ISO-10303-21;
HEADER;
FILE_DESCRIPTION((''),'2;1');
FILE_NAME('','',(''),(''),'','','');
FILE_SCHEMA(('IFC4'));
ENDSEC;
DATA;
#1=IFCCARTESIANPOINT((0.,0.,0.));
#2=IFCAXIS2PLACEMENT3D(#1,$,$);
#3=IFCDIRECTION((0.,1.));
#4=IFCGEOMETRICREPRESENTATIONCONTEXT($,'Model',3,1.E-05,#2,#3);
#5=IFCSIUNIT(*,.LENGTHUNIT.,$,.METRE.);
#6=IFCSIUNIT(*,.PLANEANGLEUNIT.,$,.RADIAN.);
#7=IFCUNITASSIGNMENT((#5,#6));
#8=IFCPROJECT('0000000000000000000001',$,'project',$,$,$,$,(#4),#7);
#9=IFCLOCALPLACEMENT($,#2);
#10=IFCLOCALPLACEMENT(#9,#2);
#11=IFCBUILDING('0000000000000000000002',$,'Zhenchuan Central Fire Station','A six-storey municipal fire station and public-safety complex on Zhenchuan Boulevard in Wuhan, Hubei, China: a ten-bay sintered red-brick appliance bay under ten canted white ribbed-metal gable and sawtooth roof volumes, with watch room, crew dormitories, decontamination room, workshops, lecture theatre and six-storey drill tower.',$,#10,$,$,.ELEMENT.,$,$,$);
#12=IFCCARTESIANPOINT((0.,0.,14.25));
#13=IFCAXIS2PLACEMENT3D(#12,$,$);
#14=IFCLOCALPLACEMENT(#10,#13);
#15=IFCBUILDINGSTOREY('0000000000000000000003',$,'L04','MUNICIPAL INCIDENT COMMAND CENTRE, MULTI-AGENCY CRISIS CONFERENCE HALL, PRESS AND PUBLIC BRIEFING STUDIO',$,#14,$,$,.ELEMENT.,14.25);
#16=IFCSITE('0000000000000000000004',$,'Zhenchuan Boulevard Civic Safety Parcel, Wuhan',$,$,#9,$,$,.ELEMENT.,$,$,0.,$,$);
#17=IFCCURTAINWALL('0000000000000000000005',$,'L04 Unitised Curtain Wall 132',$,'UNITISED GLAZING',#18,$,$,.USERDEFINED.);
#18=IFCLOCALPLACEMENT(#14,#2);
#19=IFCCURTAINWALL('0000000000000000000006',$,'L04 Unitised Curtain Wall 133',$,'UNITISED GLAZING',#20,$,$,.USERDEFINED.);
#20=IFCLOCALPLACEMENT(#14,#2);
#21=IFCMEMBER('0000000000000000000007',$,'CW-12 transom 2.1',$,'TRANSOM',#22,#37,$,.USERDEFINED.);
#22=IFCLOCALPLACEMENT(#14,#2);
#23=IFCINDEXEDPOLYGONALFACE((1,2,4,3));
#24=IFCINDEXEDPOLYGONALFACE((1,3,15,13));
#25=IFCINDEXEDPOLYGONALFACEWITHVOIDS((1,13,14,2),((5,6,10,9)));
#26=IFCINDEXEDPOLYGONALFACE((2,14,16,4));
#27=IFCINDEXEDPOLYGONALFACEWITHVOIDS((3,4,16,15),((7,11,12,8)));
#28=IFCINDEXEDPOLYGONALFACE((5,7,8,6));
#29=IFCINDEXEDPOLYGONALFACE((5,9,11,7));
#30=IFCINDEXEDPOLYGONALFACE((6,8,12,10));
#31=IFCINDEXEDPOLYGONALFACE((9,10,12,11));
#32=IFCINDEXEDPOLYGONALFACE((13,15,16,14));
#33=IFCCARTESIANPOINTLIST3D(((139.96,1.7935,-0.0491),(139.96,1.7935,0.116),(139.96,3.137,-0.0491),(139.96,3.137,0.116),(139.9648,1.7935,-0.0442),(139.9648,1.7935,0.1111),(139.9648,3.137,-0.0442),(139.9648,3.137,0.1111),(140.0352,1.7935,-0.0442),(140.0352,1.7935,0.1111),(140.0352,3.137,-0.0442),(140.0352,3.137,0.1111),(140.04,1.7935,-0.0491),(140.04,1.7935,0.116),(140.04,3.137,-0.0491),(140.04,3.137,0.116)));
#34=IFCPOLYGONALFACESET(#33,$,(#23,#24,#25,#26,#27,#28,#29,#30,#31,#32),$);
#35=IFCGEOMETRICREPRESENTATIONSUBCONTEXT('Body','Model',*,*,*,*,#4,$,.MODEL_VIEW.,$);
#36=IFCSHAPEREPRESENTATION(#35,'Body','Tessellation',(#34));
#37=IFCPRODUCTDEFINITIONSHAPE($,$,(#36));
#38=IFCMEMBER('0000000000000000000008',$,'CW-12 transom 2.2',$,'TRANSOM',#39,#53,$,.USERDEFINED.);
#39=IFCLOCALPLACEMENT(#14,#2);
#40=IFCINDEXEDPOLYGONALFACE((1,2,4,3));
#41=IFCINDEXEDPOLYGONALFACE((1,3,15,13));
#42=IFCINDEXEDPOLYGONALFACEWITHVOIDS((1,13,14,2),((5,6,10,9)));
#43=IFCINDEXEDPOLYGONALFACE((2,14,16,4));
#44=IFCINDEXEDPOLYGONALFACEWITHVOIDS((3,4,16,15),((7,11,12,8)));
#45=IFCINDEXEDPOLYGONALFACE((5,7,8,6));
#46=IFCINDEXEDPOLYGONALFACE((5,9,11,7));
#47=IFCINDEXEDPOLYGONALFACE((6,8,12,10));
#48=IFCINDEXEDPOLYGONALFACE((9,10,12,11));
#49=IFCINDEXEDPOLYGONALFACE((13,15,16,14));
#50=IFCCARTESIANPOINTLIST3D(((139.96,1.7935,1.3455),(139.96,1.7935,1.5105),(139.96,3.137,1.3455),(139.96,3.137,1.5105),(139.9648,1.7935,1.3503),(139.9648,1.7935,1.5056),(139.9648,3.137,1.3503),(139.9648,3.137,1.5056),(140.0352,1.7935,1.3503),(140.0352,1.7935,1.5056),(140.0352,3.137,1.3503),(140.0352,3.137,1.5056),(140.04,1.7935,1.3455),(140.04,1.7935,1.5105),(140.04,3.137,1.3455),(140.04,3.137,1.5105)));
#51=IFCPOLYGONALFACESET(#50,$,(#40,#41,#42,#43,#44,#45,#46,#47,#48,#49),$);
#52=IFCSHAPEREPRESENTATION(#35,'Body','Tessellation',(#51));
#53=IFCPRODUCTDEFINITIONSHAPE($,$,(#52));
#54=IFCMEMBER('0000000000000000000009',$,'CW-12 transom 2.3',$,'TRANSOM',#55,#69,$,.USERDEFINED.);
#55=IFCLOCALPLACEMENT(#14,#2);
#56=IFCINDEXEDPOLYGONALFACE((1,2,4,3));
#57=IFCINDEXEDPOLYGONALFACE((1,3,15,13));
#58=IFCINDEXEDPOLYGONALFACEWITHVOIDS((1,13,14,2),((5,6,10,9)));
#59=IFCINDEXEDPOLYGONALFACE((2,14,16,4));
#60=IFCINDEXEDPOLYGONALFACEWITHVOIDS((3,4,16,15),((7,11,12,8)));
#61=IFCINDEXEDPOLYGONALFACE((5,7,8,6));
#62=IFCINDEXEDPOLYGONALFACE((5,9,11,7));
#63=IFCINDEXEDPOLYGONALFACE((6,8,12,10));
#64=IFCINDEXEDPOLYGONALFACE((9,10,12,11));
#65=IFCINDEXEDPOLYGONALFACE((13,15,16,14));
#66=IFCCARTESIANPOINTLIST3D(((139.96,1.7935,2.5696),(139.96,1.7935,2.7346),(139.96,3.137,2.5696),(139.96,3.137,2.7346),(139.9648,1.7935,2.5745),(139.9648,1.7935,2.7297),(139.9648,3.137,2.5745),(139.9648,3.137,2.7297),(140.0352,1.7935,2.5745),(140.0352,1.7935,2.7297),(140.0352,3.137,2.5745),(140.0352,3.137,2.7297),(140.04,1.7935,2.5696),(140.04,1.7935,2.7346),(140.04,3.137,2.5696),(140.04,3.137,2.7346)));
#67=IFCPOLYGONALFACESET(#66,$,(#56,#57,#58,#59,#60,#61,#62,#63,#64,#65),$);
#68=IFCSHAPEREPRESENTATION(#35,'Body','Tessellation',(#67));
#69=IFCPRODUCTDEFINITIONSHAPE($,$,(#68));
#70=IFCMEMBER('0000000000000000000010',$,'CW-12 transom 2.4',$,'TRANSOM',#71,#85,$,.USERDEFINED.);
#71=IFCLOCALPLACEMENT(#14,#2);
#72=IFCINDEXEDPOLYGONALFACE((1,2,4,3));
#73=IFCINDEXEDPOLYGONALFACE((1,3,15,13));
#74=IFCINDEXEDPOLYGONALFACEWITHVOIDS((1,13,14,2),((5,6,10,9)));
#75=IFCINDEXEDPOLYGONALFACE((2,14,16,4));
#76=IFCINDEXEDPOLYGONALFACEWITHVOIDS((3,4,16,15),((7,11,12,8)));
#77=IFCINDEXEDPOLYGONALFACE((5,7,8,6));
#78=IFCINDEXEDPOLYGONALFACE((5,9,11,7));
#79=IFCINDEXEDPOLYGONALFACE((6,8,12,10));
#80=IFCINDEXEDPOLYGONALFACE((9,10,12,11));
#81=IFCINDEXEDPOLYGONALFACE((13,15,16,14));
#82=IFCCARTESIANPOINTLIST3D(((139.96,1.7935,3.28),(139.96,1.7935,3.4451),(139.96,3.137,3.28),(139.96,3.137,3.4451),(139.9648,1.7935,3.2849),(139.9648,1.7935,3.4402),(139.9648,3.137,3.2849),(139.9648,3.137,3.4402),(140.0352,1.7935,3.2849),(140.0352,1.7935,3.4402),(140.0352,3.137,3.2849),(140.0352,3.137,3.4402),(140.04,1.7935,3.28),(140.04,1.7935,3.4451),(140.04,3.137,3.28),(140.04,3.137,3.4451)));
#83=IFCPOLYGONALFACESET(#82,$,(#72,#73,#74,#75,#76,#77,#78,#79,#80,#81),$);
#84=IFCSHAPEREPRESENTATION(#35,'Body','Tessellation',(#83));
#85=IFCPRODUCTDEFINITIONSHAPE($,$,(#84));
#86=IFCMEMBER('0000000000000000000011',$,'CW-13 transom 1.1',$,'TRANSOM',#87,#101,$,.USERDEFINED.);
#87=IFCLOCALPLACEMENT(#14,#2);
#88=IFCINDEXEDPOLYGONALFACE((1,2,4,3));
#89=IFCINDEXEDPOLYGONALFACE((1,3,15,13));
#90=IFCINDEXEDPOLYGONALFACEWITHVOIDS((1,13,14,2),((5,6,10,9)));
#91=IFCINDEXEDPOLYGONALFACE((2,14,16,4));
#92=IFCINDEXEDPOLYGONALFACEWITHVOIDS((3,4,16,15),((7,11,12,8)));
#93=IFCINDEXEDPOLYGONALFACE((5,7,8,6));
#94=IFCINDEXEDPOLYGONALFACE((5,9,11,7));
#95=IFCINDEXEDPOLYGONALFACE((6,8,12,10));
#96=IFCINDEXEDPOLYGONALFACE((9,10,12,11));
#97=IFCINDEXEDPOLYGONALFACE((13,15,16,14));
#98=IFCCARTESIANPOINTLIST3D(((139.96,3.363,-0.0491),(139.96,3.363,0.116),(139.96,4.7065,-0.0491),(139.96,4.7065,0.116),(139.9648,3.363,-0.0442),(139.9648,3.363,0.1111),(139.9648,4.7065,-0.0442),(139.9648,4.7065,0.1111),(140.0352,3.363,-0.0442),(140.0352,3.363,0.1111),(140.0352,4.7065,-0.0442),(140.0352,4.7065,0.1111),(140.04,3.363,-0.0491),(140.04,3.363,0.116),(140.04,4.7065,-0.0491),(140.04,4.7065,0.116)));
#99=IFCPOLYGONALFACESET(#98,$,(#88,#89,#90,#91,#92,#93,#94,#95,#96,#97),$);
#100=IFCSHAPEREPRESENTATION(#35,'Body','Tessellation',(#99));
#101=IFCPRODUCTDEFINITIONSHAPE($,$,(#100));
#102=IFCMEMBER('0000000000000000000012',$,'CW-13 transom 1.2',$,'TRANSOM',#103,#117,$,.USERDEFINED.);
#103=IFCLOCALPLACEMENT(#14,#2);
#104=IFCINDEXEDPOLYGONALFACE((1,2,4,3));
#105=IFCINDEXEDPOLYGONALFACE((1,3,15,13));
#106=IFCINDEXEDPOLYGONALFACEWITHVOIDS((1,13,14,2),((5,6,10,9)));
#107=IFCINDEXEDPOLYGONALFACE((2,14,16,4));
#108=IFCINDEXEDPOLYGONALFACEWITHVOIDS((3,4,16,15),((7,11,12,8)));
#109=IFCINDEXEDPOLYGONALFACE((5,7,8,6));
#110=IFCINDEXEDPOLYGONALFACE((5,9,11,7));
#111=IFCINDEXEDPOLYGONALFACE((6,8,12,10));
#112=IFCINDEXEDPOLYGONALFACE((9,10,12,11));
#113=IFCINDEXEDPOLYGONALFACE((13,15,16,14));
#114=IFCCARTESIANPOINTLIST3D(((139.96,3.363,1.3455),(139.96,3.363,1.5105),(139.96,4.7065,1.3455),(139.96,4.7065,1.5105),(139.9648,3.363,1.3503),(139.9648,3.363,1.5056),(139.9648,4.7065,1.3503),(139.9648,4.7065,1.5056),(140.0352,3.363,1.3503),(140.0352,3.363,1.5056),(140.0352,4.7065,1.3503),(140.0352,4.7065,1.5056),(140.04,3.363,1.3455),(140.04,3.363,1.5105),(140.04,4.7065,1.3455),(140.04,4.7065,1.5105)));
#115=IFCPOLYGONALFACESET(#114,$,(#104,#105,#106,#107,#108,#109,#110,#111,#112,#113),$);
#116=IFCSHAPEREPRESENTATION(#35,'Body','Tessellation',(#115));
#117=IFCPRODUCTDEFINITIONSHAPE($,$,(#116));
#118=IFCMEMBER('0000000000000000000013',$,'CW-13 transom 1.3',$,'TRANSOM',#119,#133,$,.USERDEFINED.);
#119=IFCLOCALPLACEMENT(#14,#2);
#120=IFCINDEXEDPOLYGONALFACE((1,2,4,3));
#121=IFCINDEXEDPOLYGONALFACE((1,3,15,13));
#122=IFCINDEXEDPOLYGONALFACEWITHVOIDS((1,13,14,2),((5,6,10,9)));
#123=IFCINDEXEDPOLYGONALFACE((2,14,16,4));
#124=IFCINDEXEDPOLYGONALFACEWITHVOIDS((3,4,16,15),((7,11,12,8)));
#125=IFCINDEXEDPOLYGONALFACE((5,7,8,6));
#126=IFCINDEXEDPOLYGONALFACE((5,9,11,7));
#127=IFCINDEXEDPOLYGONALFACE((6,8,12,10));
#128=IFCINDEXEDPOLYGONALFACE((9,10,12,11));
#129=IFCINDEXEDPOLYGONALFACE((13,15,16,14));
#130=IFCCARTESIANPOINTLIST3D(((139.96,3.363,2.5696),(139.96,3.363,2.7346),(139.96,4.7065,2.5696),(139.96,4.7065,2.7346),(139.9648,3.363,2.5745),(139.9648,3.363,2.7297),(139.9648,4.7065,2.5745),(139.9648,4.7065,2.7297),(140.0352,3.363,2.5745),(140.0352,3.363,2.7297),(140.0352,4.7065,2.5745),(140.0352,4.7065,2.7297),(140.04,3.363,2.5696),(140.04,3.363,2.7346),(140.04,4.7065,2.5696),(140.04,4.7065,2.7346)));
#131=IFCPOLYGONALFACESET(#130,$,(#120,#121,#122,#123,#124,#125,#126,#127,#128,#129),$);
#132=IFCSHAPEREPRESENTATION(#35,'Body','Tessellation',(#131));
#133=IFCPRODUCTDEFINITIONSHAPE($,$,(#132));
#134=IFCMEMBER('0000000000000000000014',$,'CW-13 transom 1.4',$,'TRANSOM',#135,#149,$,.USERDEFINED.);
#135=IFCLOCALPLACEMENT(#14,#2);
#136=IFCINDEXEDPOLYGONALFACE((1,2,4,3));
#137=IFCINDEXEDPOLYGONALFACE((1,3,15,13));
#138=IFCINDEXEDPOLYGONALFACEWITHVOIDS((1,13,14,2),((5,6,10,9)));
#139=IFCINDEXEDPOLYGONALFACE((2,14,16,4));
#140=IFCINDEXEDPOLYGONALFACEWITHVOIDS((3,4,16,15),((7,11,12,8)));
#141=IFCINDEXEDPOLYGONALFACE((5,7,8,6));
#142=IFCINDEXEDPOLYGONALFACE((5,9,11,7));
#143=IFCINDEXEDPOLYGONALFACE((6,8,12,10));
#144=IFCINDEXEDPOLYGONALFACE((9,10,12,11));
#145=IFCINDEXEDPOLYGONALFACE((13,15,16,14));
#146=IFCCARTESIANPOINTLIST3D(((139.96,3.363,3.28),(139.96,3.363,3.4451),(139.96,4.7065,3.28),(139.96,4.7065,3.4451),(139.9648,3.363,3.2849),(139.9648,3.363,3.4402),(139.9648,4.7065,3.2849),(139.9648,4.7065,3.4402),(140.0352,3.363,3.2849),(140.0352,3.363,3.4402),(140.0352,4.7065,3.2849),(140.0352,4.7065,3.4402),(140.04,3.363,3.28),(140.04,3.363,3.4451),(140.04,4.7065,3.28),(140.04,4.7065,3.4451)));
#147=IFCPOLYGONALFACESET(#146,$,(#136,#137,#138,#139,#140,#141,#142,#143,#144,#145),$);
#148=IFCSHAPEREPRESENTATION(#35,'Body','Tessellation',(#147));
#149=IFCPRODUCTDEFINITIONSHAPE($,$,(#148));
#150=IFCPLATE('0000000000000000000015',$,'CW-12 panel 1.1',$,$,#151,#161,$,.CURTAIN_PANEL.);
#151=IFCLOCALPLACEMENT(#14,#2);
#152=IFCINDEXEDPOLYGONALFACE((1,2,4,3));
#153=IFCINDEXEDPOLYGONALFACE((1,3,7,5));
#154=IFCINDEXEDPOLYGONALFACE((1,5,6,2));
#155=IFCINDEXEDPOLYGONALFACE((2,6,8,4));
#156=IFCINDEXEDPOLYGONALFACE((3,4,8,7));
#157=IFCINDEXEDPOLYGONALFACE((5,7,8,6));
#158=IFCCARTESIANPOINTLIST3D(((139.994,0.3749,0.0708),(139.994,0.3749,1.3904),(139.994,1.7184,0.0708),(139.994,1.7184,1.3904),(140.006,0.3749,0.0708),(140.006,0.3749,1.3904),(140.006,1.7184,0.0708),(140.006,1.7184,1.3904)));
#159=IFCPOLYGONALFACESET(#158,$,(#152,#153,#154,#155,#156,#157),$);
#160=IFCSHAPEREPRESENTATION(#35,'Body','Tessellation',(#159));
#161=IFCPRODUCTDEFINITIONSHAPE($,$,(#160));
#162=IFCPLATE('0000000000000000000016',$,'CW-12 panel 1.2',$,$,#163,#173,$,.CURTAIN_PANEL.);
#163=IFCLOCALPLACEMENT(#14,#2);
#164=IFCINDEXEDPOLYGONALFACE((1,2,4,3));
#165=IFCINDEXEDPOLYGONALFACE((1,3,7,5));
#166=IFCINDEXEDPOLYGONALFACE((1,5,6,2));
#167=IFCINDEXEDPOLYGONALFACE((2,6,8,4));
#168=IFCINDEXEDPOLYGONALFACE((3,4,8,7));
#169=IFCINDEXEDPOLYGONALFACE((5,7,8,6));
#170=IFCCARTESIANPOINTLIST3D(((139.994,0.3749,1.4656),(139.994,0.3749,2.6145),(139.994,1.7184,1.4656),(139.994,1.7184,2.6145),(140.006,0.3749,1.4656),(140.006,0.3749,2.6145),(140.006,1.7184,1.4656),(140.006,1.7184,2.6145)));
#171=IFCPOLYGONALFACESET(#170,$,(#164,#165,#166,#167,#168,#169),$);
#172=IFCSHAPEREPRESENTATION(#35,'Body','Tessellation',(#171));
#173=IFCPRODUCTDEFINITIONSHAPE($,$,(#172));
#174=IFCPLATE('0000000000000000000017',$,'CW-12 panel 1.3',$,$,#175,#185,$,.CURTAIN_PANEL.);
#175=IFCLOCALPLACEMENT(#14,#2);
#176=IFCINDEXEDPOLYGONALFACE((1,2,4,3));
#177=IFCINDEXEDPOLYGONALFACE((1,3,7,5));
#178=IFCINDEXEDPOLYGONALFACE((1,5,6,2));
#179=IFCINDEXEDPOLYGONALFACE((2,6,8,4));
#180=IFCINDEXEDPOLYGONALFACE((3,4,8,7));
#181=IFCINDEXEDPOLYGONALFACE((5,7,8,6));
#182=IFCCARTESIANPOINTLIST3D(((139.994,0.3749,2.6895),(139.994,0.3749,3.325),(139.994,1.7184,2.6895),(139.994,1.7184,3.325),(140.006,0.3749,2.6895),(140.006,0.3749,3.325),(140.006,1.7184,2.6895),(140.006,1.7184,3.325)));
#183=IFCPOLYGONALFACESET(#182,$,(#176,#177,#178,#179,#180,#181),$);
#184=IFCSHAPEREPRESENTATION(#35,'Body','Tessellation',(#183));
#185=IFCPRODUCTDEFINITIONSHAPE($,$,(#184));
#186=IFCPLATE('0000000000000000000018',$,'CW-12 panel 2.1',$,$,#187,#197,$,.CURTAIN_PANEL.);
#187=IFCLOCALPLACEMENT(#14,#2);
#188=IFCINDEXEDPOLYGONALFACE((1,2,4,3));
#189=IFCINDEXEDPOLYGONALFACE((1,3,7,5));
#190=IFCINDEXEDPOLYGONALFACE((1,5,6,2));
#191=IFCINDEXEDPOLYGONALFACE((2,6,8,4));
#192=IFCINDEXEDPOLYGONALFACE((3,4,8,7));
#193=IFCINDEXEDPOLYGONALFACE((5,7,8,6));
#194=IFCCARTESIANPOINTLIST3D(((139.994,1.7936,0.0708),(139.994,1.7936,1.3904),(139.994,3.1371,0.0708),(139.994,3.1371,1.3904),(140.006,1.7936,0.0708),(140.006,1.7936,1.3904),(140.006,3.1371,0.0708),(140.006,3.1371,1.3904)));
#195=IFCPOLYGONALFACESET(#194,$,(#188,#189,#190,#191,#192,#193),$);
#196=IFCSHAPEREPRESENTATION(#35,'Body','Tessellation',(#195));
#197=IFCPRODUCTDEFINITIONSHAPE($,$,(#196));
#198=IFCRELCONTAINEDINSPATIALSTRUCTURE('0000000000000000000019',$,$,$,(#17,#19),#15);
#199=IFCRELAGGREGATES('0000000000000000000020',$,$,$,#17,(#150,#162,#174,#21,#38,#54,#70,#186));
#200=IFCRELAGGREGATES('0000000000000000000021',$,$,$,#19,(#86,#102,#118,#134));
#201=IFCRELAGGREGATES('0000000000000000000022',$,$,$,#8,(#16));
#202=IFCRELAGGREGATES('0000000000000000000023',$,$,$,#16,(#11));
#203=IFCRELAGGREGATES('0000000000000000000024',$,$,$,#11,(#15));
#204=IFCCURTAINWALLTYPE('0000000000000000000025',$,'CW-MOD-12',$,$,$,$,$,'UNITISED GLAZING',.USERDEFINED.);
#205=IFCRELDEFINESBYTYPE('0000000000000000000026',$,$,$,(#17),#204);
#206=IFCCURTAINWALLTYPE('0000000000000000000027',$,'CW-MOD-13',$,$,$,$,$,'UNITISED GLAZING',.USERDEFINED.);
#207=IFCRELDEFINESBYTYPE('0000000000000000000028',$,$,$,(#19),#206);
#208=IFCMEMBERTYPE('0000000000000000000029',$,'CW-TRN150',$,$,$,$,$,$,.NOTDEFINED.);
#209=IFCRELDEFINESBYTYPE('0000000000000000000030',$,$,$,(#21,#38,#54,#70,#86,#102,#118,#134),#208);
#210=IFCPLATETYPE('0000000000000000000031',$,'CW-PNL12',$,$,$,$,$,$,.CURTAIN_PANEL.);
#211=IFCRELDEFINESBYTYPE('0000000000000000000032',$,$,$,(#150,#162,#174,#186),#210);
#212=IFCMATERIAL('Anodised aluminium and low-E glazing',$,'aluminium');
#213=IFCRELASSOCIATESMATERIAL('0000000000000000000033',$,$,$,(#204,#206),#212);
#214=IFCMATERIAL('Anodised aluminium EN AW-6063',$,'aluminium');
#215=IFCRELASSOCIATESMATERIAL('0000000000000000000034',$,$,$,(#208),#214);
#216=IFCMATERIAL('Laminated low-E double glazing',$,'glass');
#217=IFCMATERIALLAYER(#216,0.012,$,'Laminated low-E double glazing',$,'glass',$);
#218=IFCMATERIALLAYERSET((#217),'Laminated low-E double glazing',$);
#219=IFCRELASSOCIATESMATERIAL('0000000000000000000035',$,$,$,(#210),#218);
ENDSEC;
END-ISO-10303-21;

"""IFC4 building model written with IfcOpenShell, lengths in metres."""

from ifc_helpers import new_model, si_unit, direction, frame, origin, origin_2d, place, context, subcontext, project, spatial, rectangle, hollow_rectangle, extrude, material, layer, layer_set, material_profile, profile_set, type_object, element, aggregate, save


model = new_model("IFC4")

# Units and contexts
model_context = context("Model", 3, precision=1e-05, world=origin(), true_north=direction((0.0, 1.0)))
body_context = subcontext(model_context, "Body", "Model", "MODEL_VIEW")
ifc_project = project(units=[si_unit("LENGTHUNIT", "METRE"), si_unit("PLANEANGLEUNIT", "RADIAN")], contexts=[model_context])

# Site, building, storey
site_placement = place(None, origin())
site = spatial("IfcSite", under=ifc_project, at=site_placement, Name="Zhenchuan Boulevard Civic Safety Parcel, Wuhan", CompositionType="ELEMENT", RefElevation=0.0)
building_placement = place(site_placement, origin())
building = spatial("IfcBuilding", under=site, at=building_placement, Name="Zhenchuan Central Fire Station", Description="A six-storey municipal fire station and public-safety complex on Zhenchuan Boulevard in Wuhan, Hubei, China: a ten-bay sintered red-brick appliance bay under ten canted white ribbed-metal gable and sawtooth roof volumes, with watch room, crew dormitories, decontamination room, workshops, lecture theatre and six-storey drill tower.", CompositionType="ELEMENT")
storey_placement = place(building_placement, frame((0.0, 0.0, 14.25)))
storey = spatial("IfcBuildingStorey", under=building, at=storey_placement, Name="L04", Description="MUNICIPAL INCIDENT COMMAND CENTRE, MULTI-AGENCY CRISIS CONFERENCE HALL, PRESS AND PUBLIC BRIEFING STUDIO", CompositionType="ELEMENT", Elevation=14.25)

# Curtain wall
ifc_material_1 = material(Name="Anodised aluminium and low-E glazing", Category="aluminium")
curtain_wall_type_1 = type_object("IfcCurtainWallType", Name="CW-MOD-12", ElementType="UNITISED GLAZING", PredefinedType="USERDEFINED", material=ifc_material_1)
curtain_wall_1_placement = place(storey_placement, origin())
curtain_wall_1 = element("IfcCurtainWall", 1, at=curtain_wall_1_placement, inside=storey, type_object=curtain_wall_type_1, Name="L04 Unitised Curtain Wall 132", ObjectType="UNITISED GLAZING", PredefinedType="USERDEFINED")
ifc_material_2 = material(Name="Anodised aluminium EN AW-6063", Category="aluminium")

# Curtain wall
curtain_wall_type_2 = type_object("IfcCurtainWallType", Name="CW-MOD-13", ElementType="UNITISED GLAZING", PredefinedType="USERDEFINED", material=ifc_material_1)
curtain_wall_2_placement = place(storey_placement, origin())
curtain_wall_2 = element("IfcCurtainWall", 2, at=curtain_wall_2_placement, inside=storey, type_object=curtain_wall_type_2, Name="L04 Unitised Curtain Wall 133", ObjectType="UNITISED GLAZING", PredefinedType="USERDEFINED")

# Members
ifc_material_profile_1 = material_profile(ifc_material_2, hollow_rectangle(XDim=0.0801, YDim=0.165, WallThickness=0.0049, at=origin_2d()), Name="ALU-T 165x80")
ifc_profile_set_1 = profile_set([ifc_material_profile_1], Name="Anodised aluminium EN AW-6063")
member_type_1 = type_object("IfcMemberType", Name="CW-TRN150", PredefinedType="NOTDEFINED", material=ifc_profile_set_1)
member_1_placement = place(storey_placement, frame((140.0, 1.7935, 0.0334), z_axis=(0.0, 1.0, 0.0), x_axis=(-1.0, 0.0, 0.0)))
member_1 = element("IfcMember", 3, at=member_1_placement, type_object=member_type_1, Name="CW-12 transom 2.1", ObjectType="TRANSOM", PredefinedType="USERDEFINED", context=body_context, shape_type="SweptSolid", body=[
    extrude(hollow_rectangle(XDim=0.0801, YDim=0.165, WallThickness=0.0049, at=origin_2d()), origin(), (0.0, 0.0, 1.0), 1.3435),
])
member_2_placement = place(storey_placement, frame((140.0, 1.7935, 1.428), z_axis=(0.0, 1.0, 0.0), x_axis=(-1.0, 0.0, 0.0)))
member_2 = element("IfcMember", 4, at=member_2_placement, type_object=member_type_1, Name="CW-12 transom 2.2", ObjectType="TRANSOM", PredefinedType="USERDEFINED", context=body_context, shape_type="SweptSolid", body=[
    extrude(hollow_rectangle(XDim=0.0801, YDim=0.165, WallThickness=0.0049, at=origin_2d()), origin(), (0.0, 0.0, 1.0), 1.3435),
])
member_3_placement = place(storey_placement, frame((140.0, 1.7935, 2.6521), z_axis=(0.0, 1.0, 0.0), x_axis=(-1.0, 0.0, 0.0)))
member_3 = element("IfcMember", 5, at=member_3_placement, type_object=member_type_1, Name="CW-12 transom 2.3", ObjectType="TRANSOM", PredefinedType="USERDEFINED", context=body_context, shape_type="SweptSolid", body=[
    extrude(hollow_rectangle(XDim=0.0801, YDim=0.165, WallThickness=0.0049, at=origin_2d()), origin(), (0.0, 0.0, 1.0), 1.3435),
])
member_4_placement = place(storey_placement, frame((140.0, 1.7935, 3.3625), z_axis=(0.0, 1.0, 0.0), x_axis=(-1.0, 0.0, 0.0)))
member_4 = element("IfcMember", 6, at=member_4_placement, type_object=member_type_1, Name="CW-12 transom 2.4", ObjectType="TRANSOM", PredefinedType="USERDEFINED", context=body_context, shape_type="SweptSolid", body=[
    extrude(hollow_rectangle(XDim=0.0801, YDim=0.165, WallThickness=0.0049, at=origin_2d()), origin(), (0.0, 0.0, 1.0), 1.3435),
])
member_5_placement = place(storey_placement, frame((140.0, 3.363, 0.0334), z_axis=(0.0, 1.0, 0.0), x_axis=(-1.0, 0.0, 0.0)))
member_5 = element("IfcMember", 7, at=member_5_placement, type_object=member_type_1, Name="CW-13 transom 1.1", ObjectType="TRANSOM", PredefinedType="USERDEFINED", context=body_context, shape_type="SweptSolid", body=[
    extrude(hollow_rectangle(XDim=0.0801, YDim=0.165, WallThickness=0.0049, at=origin_2d()), origin(), (0.0, 0.0, 1.0), 1.3435),
])
member_6_placement = place(storey_placement, frame((140.0, 3.363, 1.428), z_axis=(0.0, 1.0, 0.0), x_axis=(-1.0, 0.0, 0.0)))
member_6 = element("IfcMember", 8, at=member_6_placement, type_object=member_type_1, Name="CW-13 transom 1.2", ObjectType="TRANSOM", PredefinedType="USERDEFINED", context=body_context, shape_type="SweptSolid", body=[
    extrude(hollow_rectangle(XDim=0.0801, YDim=0.165, WallThickness=0.0049, at=origin_2d()), origin(), (0.0, 0.0, 1.0), 1.3435),
])
member_7_placement = place(storey_placement, frame((140.0, 3.363, 2.6521), z_axis=(0.0, 1.0, 0.0), x_axis=(-1.0, 0.0, 0.0)))
member_7 = element("IfcMember", 9, at=member_7_placement, type_object=member_type_1, Name="CW-13 transom 1.3", ObjectType="TRANSOM", PredefinedType="USERDEFINED", context=body_context, shape_type="SweptSolid", body=[
    extrude(hollow_rectangle(XDim=0.0801, YDim=0.165, WallThickness=0.0049, at=origin_2d()), origin(), (0.0, 0.0, 1.0), 1.3435),
])
member_8_placement = place(storey_placement, frame((140.0, 3.363, 3.3625), z_axis=(0.0, 1.0, 0.0), x_axis=(-1.0, 0.0, 0.0)))
member_8 = element("IfcMember", 10, at=member_8_placement, type_object=member_type_1, Name="CW-13 transom 1.4", ObjectType="TRANSOM", PredefinedType="USERDEFINED", context=body_context, shape_type="SweptSolid", body=[
    extrude(hollow_rectangle(XDim=0.0801, YDim=0.165, WallThickness=0.0049, at=origin_2d()), origin(), (0.0, 0.0, 1.0), 1.3435),
])

# Plates
ifc_material_3 = material(Name="Laminated low-E double glazing", Category="glass")
ifc_layer = layer(ifc_material_3, 0.012, Name="Laminated low-E double glazing", Category="glass")
ifc_layer_set = layer_set([ifc_layer], Name="Laminated low-E double glazing")
plate_type = type_object("IfcPlateType", Name="CW-PNL12", PredefinedType="CURTAIN_PANEL", material=ifc_layer_set)
plate_1_placement = place(storey_placement, frame((140.0, 1.0466, 0.0708), z_axis=(0.0, 0.0, 1.0), x_axis=(0.0, 1.0, 0.0)))
plate_1 = element("IfcPlate", 11, at=plate_1_placement, type_object=plate_type, Name="CW-12 panel 1.1", PredefinedType="CURTAIN_PANEL", context=body_context, shape_type="SweptSolid", body=[
    extrude(rectangle(XDim=1.3435, YDim=0.012, at=origin_2d()), origin(), (0.0, 0.0, 1.0), 1.3196),
])
plate_2_placement = place(storey_placement, frame((140.0, 1.0466, 1.4656), z_axis=(0.0, 0.0, 1.0), x_axis=(0.0, 1.0, 0.0)))
plate_2 = element("IfcPlate", 12, at=plate_2_placement, type_object=plate_type, Name="CW-12 panel 1.2", PredefinedType="CURTAIN_PANEL", context=body_context, shape_type="SweptSolid", body=[
    extrude(rectangle(XDim=1.3435, YDim=0.012, at=origin_2d()), origin(), (0.0, 0.0, 1.0), 1.1489),
])
plate_3_placement = place(storey_placement, frame((140.0, 1.0466, 2.6895), z_axis=(0.0, 0.0, 1.0), x_axis=(0.0, 1.0, 0.0)))
plate_3 = element("IfcPlate", 13, at=plate_3_placement, type_object=plate_type, Name="CW-12 panel 1.3", PredefinedType="CURTAIN_PANEL", context=body_context, shape_type="SweptSolid", body=[
    extrude(rectangle(XDim=1.3435, YDim=0.012, at=origin_2d()), origin(), (0.0, 0.0, 1.0), 0.6355),
])
plate_4_placement = place(storey_placement, frame((140.0, 2.4653, 0.0708), z_axis=(0.0, 0.0, 1.0), x_axis=(0.0, 1.0, 0.0)))
plate_4 = element("IfcPlate", 14, at=plate_4_placement, type_object=plate_type, Name="CW-12 panel 2.1", PredefinedType="CURTAIN_PANEL", context=body_context, shape_type="SweptSolid", body=[
    extrude(rectangle(XDim=1.3435, YDim=0.012, at=origin_2d()), origin(), (0.0, 0.0, 1.0), 1.3196),
])
aggregate(curtain_wall_1, [plate_1, plate_2, plate_3, member_1, member_2, member_3, member_4, plate_4])
aggregate(curtain_wall_2, [member_5, member_6, member_7, member_8])

save(model, "model.ifc")
